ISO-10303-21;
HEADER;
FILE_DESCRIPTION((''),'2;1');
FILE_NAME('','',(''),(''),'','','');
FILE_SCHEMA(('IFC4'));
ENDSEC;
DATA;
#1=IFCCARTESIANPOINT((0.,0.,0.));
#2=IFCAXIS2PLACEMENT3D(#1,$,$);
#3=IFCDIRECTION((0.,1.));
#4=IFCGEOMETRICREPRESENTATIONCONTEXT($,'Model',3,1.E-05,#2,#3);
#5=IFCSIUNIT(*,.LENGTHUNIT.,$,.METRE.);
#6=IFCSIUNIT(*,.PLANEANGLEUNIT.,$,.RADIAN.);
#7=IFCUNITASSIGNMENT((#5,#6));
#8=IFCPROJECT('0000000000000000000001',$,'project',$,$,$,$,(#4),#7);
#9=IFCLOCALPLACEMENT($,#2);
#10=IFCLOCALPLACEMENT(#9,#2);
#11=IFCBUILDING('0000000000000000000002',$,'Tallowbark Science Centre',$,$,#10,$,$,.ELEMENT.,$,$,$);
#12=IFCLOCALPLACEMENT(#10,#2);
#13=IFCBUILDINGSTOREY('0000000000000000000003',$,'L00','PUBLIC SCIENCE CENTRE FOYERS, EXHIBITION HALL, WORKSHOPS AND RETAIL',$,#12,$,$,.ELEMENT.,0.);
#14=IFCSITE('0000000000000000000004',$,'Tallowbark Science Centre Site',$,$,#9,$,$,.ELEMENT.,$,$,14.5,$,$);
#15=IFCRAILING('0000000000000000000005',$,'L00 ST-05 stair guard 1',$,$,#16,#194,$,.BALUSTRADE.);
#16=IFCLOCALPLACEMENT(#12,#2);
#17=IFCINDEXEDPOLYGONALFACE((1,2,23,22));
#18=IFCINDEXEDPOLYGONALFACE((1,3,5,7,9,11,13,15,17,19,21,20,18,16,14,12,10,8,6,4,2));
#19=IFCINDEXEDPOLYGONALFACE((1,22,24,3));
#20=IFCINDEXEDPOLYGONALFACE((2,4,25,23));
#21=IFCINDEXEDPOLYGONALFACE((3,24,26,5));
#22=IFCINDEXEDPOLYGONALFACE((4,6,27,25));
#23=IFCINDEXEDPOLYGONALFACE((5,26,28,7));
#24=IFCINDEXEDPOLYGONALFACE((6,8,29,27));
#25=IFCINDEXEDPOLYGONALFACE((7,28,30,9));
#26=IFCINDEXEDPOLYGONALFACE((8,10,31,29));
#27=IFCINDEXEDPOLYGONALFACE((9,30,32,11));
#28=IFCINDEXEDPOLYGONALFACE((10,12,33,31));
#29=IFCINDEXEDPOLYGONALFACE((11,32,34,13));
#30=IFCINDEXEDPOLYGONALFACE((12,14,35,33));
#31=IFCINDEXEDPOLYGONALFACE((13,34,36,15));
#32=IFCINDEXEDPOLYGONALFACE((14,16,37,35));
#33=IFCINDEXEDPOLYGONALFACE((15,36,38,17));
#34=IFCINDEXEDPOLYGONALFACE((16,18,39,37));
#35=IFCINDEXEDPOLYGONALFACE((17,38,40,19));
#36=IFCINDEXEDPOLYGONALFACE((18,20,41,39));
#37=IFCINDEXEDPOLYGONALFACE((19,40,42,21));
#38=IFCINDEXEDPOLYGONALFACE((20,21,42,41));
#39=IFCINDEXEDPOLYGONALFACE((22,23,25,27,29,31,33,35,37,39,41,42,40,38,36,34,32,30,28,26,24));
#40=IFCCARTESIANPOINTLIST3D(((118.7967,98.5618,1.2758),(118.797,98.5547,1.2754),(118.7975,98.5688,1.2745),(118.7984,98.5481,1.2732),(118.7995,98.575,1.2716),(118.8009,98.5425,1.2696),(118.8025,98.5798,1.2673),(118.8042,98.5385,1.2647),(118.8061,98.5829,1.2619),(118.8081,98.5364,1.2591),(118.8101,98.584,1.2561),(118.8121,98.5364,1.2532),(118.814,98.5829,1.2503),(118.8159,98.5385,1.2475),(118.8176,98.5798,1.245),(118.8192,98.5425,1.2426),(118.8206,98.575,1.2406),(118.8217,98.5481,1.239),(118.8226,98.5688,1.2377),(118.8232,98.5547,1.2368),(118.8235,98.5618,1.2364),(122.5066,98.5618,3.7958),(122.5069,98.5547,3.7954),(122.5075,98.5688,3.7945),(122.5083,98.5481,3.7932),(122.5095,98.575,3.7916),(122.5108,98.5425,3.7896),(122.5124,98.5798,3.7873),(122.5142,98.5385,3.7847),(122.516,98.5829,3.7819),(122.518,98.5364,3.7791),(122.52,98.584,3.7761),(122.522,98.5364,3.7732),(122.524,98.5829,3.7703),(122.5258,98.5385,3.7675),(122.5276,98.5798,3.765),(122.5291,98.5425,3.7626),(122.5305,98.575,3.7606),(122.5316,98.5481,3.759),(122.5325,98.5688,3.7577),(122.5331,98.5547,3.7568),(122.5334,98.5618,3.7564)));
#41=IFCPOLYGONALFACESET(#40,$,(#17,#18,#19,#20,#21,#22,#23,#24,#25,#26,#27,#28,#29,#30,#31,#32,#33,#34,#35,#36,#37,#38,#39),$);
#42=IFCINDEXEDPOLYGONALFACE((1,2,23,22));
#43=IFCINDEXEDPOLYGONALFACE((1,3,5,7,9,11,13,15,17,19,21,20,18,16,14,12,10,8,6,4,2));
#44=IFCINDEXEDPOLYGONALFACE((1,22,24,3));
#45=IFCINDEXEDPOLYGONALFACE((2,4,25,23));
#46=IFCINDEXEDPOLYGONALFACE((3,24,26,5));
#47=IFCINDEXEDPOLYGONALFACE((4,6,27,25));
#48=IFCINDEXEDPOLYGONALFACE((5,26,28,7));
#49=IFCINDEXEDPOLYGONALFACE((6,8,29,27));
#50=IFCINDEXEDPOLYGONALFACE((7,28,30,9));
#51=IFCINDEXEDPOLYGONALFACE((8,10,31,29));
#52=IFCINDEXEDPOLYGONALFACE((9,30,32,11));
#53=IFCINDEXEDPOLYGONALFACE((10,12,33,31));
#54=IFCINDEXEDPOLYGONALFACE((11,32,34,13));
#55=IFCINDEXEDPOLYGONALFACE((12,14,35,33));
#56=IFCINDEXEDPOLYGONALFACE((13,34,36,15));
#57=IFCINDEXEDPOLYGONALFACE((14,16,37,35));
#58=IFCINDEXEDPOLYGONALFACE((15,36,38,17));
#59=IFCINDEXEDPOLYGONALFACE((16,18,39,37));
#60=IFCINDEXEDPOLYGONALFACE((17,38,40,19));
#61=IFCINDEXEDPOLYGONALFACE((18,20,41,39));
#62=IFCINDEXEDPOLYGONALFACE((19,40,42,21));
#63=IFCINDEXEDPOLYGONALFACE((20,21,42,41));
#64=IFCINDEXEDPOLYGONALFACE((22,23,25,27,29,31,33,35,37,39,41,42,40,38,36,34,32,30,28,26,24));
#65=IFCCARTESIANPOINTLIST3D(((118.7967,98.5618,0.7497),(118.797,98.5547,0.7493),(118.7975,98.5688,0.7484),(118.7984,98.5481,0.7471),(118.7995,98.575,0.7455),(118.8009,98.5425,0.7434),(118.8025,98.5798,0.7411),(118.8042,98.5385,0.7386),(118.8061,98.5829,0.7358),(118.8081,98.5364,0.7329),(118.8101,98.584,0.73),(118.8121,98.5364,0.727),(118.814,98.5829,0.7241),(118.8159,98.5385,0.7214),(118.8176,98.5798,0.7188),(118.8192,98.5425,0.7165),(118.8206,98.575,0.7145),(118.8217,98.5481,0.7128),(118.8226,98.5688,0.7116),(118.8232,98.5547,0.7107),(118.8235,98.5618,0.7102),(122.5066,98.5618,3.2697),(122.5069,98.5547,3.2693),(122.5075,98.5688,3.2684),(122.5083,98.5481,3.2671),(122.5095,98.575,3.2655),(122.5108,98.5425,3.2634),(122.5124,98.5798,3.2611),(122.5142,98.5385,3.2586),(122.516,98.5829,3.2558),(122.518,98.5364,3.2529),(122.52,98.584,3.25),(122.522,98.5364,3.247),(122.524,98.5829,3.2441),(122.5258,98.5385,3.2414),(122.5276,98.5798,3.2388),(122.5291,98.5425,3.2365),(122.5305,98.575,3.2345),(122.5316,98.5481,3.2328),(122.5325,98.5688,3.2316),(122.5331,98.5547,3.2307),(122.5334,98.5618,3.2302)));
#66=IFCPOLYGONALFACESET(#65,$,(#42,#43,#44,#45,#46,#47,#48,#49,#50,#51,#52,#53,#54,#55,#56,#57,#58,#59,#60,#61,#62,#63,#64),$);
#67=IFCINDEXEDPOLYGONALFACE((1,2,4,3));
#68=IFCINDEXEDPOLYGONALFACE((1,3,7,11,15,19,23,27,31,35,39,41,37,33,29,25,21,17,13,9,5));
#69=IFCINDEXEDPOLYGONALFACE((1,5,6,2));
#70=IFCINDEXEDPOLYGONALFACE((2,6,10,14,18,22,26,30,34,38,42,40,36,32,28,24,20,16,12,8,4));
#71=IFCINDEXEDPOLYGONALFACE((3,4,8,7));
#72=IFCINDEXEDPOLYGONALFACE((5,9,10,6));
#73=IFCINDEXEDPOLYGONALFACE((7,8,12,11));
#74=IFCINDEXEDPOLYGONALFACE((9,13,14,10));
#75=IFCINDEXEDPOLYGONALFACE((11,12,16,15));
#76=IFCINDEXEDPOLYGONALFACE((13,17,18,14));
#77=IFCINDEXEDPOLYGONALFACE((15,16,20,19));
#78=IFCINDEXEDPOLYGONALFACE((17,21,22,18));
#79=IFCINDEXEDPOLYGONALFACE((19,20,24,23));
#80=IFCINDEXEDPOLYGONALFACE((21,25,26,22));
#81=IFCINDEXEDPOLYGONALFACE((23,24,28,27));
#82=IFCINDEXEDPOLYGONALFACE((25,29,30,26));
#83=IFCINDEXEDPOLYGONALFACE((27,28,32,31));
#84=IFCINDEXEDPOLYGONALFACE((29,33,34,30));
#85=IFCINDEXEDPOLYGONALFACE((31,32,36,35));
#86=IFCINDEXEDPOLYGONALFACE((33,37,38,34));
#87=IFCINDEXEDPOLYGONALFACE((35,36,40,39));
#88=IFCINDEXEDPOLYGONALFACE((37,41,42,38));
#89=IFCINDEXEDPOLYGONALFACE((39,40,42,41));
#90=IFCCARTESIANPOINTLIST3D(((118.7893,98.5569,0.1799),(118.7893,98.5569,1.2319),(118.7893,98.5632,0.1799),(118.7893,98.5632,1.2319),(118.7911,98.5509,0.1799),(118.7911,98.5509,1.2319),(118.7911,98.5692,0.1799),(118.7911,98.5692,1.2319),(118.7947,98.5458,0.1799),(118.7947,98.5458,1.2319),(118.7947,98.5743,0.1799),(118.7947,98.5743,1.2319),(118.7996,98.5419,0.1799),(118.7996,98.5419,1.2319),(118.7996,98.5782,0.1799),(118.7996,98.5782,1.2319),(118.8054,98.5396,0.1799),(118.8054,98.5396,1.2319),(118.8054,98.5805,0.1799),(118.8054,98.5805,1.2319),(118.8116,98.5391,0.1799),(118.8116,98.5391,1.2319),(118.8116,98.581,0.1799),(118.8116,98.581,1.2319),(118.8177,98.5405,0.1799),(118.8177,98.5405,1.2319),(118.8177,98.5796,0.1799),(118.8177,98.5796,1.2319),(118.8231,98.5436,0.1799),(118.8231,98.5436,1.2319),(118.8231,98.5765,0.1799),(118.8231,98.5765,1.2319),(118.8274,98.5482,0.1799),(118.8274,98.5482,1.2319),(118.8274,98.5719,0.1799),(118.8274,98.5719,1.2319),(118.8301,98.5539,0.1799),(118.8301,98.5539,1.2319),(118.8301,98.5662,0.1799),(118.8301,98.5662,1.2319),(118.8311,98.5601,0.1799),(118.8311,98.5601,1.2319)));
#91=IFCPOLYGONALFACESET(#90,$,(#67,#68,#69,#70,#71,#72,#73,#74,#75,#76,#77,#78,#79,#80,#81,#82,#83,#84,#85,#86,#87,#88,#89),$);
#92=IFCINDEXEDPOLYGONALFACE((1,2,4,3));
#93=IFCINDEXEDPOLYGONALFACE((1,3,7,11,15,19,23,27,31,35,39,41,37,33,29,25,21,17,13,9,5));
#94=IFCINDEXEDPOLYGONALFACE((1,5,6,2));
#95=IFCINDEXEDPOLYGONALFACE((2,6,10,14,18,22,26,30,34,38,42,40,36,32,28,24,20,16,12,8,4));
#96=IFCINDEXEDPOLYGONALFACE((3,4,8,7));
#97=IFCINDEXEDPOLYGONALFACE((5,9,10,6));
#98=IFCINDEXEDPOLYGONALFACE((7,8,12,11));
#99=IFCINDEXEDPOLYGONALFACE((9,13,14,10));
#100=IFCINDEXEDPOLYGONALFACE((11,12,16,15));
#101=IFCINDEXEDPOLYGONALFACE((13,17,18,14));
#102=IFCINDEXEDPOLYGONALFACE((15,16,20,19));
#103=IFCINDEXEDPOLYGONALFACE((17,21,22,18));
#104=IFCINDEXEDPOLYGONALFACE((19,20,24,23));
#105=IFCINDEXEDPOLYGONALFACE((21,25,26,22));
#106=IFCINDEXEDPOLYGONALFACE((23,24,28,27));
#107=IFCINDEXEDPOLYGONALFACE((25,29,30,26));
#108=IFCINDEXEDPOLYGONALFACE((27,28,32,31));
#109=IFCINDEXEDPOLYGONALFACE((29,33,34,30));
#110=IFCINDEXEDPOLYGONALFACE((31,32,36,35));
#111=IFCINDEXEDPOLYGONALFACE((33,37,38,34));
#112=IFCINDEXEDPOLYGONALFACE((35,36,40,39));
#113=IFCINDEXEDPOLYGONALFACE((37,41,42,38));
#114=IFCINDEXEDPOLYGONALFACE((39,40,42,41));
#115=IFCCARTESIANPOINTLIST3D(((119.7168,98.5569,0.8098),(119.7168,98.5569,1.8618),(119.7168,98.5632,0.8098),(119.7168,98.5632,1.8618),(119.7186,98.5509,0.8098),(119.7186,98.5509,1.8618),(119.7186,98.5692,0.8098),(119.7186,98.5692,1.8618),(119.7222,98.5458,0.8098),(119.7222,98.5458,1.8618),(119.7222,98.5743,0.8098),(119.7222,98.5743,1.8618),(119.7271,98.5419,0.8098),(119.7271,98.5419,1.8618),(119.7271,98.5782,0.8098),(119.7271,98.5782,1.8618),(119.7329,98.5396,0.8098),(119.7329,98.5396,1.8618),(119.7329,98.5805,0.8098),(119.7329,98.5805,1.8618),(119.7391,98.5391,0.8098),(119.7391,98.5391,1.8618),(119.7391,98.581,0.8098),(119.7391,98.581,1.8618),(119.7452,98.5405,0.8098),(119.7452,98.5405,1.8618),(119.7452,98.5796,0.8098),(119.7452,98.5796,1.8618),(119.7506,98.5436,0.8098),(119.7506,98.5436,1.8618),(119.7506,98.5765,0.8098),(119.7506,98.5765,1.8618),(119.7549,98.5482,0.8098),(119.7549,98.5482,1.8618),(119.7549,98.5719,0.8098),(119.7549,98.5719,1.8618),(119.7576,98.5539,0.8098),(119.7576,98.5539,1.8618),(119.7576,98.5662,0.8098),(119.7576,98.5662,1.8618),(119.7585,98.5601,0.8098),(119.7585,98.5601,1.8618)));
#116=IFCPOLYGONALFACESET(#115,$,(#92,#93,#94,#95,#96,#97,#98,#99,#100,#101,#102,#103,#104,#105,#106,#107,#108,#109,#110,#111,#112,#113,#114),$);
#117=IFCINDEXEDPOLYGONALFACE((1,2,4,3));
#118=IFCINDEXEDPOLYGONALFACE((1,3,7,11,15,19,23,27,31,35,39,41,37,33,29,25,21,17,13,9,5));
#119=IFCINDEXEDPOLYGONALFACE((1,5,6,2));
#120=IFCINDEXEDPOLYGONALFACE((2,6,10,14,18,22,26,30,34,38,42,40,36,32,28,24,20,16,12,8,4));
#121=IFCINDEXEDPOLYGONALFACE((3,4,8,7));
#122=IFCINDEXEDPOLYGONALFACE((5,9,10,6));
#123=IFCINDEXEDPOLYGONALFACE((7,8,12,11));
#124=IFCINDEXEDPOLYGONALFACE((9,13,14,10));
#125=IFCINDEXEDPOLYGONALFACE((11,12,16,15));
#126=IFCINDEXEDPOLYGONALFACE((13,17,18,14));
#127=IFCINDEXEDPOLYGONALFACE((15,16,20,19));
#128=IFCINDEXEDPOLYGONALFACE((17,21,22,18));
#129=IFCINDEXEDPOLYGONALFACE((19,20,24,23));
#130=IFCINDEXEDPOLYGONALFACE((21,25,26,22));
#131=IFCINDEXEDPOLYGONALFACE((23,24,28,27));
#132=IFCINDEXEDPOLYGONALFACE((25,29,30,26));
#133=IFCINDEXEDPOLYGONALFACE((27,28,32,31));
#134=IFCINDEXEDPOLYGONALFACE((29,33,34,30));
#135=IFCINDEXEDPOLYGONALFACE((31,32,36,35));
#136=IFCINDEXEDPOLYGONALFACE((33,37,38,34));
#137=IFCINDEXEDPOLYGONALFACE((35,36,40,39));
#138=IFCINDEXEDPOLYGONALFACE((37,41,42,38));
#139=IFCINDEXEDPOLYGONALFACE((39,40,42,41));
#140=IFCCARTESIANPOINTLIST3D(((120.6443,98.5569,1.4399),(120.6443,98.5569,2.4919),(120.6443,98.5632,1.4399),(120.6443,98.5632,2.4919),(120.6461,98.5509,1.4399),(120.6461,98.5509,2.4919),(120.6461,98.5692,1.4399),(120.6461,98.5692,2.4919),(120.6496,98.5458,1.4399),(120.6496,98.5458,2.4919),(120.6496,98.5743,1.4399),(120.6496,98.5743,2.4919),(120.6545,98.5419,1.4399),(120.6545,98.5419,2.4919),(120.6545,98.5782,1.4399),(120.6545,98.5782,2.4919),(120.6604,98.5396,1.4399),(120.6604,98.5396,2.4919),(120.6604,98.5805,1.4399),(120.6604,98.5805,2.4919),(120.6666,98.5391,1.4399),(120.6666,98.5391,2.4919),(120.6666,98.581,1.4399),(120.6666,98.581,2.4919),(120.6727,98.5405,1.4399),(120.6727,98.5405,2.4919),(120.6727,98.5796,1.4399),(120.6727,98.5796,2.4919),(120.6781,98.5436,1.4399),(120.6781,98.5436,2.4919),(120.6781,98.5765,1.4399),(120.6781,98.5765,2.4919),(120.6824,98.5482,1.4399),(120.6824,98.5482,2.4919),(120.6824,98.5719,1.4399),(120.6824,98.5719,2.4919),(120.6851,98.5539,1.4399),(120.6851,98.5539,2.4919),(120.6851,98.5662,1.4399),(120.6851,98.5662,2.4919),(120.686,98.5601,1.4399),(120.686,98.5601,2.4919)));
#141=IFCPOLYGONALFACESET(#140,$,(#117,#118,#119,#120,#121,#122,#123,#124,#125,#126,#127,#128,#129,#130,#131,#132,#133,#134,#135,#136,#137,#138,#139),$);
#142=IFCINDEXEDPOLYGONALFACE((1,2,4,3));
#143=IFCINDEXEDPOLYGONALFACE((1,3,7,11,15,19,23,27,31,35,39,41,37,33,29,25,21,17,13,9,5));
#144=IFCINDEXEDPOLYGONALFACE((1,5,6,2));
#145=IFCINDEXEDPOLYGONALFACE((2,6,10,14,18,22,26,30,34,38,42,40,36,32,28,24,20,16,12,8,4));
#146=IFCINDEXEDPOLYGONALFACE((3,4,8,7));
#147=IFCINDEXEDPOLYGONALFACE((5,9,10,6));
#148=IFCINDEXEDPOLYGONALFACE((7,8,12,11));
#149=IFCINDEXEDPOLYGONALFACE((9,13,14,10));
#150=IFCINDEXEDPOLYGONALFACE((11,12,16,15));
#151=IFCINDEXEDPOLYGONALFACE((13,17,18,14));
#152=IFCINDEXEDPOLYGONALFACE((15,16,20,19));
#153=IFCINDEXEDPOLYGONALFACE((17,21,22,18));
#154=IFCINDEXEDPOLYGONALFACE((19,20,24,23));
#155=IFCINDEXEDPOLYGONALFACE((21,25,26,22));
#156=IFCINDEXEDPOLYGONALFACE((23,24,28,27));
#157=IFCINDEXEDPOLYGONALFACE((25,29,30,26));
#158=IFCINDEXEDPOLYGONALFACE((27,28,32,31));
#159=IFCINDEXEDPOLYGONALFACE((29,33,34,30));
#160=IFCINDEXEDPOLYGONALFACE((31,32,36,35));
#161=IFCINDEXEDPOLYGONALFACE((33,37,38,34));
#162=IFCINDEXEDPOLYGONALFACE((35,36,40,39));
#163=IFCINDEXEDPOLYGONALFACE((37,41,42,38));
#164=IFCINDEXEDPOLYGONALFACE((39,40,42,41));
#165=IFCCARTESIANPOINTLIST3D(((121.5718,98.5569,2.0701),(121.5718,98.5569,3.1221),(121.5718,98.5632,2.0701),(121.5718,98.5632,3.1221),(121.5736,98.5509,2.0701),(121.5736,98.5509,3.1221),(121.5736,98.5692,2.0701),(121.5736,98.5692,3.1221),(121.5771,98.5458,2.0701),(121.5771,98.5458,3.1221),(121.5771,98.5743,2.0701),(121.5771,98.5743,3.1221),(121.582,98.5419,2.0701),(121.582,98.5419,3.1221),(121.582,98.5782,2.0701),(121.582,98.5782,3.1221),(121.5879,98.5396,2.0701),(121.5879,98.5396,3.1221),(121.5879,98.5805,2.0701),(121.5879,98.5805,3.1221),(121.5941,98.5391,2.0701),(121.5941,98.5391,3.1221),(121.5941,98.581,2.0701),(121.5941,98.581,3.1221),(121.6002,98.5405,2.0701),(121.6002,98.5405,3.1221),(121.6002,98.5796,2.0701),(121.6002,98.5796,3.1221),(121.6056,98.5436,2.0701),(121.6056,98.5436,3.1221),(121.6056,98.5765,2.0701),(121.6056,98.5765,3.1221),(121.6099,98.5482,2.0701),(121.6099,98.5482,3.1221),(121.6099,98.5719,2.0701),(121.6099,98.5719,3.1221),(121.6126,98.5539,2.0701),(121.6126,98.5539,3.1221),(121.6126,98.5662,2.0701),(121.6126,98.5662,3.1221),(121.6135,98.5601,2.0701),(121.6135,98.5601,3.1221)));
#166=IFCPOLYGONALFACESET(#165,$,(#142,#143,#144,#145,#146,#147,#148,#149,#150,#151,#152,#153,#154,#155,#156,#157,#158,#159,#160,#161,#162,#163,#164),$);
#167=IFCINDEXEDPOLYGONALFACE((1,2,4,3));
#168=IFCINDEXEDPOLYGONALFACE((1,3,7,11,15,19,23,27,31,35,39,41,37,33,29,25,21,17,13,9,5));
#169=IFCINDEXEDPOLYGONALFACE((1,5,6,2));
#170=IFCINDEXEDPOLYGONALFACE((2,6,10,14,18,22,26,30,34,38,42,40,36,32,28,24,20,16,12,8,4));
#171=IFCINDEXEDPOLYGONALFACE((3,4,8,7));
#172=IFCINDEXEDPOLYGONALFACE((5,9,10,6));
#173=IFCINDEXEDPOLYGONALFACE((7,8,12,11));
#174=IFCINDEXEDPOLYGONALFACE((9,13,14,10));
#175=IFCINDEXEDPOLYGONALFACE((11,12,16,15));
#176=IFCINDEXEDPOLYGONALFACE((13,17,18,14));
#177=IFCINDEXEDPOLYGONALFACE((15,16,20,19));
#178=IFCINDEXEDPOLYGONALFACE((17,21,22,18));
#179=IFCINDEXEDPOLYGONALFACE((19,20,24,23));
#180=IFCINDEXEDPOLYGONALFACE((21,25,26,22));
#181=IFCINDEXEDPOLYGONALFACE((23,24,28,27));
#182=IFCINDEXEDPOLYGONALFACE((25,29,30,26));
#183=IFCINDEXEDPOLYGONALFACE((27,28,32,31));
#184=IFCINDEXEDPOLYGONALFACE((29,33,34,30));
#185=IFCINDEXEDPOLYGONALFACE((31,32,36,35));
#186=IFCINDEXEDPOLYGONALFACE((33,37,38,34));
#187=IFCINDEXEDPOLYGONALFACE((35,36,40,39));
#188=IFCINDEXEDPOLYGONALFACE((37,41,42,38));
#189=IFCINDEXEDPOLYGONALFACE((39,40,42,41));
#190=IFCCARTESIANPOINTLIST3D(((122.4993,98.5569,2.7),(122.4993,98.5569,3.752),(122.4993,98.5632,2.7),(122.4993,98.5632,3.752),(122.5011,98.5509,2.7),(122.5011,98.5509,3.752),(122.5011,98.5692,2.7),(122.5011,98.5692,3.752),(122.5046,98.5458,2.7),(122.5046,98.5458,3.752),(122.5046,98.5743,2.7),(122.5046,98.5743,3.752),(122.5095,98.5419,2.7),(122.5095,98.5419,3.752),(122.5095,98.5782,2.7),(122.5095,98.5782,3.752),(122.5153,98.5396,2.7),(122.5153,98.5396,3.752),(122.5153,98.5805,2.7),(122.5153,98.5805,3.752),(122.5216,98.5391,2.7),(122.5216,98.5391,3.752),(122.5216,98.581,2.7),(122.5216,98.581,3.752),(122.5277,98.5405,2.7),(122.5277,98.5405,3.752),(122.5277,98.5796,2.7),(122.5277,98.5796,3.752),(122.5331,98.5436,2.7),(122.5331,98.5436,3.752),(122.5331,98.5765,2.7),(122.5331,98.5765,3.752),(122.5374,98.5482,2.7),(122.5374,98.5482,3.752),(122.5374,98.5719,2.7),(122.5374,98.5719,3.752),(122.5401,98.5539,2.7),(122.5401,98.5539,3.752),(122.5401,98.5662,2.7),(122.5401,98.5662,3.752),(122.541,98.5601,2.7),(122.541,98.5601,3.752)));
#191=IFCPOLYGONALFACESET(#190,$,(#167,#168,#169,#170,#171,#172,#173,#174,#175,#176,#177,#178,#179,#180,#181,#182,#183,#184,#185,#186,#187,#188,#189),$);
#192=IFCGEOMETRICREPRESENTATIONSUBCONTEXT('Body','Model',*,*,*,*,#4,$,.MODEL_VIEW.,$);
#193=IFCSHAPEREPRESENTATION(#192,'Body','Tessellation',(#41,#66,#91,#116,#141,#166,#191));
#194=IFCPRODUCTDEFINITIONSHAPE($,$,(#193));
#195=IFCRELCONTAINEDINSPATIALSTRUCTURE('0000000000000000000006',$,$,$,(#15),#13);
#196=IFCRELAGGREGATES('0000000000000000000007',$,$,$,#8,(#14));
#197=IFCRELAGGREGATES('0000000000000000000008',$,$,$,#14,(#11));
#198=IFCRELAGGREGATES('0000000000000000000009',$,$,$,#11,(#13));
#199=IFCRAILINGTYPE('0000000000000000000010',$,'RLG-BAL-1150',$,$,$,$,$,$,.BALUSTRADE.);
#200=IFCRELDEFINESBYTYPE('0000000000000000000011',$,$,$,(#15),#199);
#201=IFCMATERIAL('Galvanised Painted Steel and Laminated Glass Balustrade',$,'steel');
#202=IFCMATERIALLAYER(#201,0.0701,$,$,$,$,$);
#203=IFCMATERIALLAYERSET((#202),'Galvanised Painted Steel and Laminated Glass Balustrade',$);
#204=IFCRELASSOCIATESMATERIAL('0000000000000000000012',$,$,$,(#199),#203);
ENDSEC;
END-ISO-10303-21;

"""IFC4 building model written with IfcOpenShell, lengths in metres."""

from ifc_helpers import new_model, si_unit, direction, frame, origin, origin_2d, place, context, subcontext, project, spatial, circle, extrude, material, layer, layer_set, type_object, element, save


model = new_model("IFC4")

# Units and contexts
model_context = context("Model", 3, precision=1e-05, world=origin(), true_north=direction((0.0, 1.0)))
body_context = subcontext(model_context, "Body", "Model", "MODEL_VIEW")
ifc_project = project(units=[si_unit("LENGTHUNIT", "METRE"), si_unit("PLANEANGLEUNIT", "RADIAN")], contexts=[model_context])

# Site, building, storey
site_placement = place(None, origin())
site = spatial("IfcSite", under=ifc_project, at=site_placement, Name="Tallowbark Science Centre Site", CompositionType="ELEMENT", RefElevation=14.5)
building_placement = place(site_placement, origin())
building = spatial("IfcBuilding", under=site, at=building_placement, Name="Tallowbark Science Centre", CompositionType="ELEMENT")
storey_placement = place(building_placement, origin())
storey = spatial("IfcBuildingStorey", under=building, at=storey_placement, Name="L00", Description="PUBLIC SCIENCE CENTRE FOYERS, EXHIBITION HALL, WORKSHOPS AND RETAIL", CompositionType="ELEMENT", Elevation=0.0)

# Railing
ifc_material_1 = material(Name="Galvanised Painted Steel and Laminated Glass Balustrade", Category="steel")
ifc_layer_1 = layer(ifc_material_1, 0.0701)
ifc_layer_set_1 = layer_set([ifc_layer_1], Name="Galvanised Painted Steel and Laminated Glass Balustrade")
railing_type_1 = type_object("IfcRailingType", Name="RLG-BAL-1150", PredefinedType="BALUSTRADE", material=ifc_layer_set_1)
railing_1_placement = place(storey_placement, frame((118.8101, 98.5601, 0.1799)))
element("IfcRailing", 1, at=railing_1_placement, inside=storey, type_object=railing_type_1, Name="L00 ST-05 stair guard 1", PredefinedType="BALUSTRADE", context=body_context, shape_type="SweptSolid", body=[
    extrude(circle(Radius=0.0239, at=origin_2d()), frame((0.0, 0.0, 1.0762), z_axis=(0.827212, 0.0, 0.56189), x_axis=(0.0, 1.0, 0.0)), (0.0, 0.0, 1.0), 4.4849),
    extrude(circle(Radius=0.0239, at=origin_2d()), frame((0.0, 0.0, 0.55), z_axis=(0.827212, 0.0, 0.56189), x_axis=(0.0, 1.0, 0.0)), (0.0, 0.0, 1.0), 4.4849),
    extrude(circle(Radius=0.021, at=origin_2d()), origin(), (0.0, 0.0, 1.0), 1.052),
    extrude(circle(Radius=0.021, at=origin_2d()), frame((0.9275, 0.0, 0.6299)), (0.0, 0.0, 1.0), 1.052),
    extrude(circle(Radius=0.021, at=origin_2d()), frame((1.855, 0.0, 1.26)), (0.0, 0.0, 1.0), 1.052),
    extrude(circle(Radius=0.021, at=origin_2d()), frame((2.7825, 0.0, 1.8901)), (0.0, 0.0, 1.0), 1.052),
    extrude(circle(Radius=0.021, at=origin_2d()), frame((3.71, 0.0, 2.52)), (0.0, 0.0, 1.0), 1.052),
])

save(model, "model.ifc")
